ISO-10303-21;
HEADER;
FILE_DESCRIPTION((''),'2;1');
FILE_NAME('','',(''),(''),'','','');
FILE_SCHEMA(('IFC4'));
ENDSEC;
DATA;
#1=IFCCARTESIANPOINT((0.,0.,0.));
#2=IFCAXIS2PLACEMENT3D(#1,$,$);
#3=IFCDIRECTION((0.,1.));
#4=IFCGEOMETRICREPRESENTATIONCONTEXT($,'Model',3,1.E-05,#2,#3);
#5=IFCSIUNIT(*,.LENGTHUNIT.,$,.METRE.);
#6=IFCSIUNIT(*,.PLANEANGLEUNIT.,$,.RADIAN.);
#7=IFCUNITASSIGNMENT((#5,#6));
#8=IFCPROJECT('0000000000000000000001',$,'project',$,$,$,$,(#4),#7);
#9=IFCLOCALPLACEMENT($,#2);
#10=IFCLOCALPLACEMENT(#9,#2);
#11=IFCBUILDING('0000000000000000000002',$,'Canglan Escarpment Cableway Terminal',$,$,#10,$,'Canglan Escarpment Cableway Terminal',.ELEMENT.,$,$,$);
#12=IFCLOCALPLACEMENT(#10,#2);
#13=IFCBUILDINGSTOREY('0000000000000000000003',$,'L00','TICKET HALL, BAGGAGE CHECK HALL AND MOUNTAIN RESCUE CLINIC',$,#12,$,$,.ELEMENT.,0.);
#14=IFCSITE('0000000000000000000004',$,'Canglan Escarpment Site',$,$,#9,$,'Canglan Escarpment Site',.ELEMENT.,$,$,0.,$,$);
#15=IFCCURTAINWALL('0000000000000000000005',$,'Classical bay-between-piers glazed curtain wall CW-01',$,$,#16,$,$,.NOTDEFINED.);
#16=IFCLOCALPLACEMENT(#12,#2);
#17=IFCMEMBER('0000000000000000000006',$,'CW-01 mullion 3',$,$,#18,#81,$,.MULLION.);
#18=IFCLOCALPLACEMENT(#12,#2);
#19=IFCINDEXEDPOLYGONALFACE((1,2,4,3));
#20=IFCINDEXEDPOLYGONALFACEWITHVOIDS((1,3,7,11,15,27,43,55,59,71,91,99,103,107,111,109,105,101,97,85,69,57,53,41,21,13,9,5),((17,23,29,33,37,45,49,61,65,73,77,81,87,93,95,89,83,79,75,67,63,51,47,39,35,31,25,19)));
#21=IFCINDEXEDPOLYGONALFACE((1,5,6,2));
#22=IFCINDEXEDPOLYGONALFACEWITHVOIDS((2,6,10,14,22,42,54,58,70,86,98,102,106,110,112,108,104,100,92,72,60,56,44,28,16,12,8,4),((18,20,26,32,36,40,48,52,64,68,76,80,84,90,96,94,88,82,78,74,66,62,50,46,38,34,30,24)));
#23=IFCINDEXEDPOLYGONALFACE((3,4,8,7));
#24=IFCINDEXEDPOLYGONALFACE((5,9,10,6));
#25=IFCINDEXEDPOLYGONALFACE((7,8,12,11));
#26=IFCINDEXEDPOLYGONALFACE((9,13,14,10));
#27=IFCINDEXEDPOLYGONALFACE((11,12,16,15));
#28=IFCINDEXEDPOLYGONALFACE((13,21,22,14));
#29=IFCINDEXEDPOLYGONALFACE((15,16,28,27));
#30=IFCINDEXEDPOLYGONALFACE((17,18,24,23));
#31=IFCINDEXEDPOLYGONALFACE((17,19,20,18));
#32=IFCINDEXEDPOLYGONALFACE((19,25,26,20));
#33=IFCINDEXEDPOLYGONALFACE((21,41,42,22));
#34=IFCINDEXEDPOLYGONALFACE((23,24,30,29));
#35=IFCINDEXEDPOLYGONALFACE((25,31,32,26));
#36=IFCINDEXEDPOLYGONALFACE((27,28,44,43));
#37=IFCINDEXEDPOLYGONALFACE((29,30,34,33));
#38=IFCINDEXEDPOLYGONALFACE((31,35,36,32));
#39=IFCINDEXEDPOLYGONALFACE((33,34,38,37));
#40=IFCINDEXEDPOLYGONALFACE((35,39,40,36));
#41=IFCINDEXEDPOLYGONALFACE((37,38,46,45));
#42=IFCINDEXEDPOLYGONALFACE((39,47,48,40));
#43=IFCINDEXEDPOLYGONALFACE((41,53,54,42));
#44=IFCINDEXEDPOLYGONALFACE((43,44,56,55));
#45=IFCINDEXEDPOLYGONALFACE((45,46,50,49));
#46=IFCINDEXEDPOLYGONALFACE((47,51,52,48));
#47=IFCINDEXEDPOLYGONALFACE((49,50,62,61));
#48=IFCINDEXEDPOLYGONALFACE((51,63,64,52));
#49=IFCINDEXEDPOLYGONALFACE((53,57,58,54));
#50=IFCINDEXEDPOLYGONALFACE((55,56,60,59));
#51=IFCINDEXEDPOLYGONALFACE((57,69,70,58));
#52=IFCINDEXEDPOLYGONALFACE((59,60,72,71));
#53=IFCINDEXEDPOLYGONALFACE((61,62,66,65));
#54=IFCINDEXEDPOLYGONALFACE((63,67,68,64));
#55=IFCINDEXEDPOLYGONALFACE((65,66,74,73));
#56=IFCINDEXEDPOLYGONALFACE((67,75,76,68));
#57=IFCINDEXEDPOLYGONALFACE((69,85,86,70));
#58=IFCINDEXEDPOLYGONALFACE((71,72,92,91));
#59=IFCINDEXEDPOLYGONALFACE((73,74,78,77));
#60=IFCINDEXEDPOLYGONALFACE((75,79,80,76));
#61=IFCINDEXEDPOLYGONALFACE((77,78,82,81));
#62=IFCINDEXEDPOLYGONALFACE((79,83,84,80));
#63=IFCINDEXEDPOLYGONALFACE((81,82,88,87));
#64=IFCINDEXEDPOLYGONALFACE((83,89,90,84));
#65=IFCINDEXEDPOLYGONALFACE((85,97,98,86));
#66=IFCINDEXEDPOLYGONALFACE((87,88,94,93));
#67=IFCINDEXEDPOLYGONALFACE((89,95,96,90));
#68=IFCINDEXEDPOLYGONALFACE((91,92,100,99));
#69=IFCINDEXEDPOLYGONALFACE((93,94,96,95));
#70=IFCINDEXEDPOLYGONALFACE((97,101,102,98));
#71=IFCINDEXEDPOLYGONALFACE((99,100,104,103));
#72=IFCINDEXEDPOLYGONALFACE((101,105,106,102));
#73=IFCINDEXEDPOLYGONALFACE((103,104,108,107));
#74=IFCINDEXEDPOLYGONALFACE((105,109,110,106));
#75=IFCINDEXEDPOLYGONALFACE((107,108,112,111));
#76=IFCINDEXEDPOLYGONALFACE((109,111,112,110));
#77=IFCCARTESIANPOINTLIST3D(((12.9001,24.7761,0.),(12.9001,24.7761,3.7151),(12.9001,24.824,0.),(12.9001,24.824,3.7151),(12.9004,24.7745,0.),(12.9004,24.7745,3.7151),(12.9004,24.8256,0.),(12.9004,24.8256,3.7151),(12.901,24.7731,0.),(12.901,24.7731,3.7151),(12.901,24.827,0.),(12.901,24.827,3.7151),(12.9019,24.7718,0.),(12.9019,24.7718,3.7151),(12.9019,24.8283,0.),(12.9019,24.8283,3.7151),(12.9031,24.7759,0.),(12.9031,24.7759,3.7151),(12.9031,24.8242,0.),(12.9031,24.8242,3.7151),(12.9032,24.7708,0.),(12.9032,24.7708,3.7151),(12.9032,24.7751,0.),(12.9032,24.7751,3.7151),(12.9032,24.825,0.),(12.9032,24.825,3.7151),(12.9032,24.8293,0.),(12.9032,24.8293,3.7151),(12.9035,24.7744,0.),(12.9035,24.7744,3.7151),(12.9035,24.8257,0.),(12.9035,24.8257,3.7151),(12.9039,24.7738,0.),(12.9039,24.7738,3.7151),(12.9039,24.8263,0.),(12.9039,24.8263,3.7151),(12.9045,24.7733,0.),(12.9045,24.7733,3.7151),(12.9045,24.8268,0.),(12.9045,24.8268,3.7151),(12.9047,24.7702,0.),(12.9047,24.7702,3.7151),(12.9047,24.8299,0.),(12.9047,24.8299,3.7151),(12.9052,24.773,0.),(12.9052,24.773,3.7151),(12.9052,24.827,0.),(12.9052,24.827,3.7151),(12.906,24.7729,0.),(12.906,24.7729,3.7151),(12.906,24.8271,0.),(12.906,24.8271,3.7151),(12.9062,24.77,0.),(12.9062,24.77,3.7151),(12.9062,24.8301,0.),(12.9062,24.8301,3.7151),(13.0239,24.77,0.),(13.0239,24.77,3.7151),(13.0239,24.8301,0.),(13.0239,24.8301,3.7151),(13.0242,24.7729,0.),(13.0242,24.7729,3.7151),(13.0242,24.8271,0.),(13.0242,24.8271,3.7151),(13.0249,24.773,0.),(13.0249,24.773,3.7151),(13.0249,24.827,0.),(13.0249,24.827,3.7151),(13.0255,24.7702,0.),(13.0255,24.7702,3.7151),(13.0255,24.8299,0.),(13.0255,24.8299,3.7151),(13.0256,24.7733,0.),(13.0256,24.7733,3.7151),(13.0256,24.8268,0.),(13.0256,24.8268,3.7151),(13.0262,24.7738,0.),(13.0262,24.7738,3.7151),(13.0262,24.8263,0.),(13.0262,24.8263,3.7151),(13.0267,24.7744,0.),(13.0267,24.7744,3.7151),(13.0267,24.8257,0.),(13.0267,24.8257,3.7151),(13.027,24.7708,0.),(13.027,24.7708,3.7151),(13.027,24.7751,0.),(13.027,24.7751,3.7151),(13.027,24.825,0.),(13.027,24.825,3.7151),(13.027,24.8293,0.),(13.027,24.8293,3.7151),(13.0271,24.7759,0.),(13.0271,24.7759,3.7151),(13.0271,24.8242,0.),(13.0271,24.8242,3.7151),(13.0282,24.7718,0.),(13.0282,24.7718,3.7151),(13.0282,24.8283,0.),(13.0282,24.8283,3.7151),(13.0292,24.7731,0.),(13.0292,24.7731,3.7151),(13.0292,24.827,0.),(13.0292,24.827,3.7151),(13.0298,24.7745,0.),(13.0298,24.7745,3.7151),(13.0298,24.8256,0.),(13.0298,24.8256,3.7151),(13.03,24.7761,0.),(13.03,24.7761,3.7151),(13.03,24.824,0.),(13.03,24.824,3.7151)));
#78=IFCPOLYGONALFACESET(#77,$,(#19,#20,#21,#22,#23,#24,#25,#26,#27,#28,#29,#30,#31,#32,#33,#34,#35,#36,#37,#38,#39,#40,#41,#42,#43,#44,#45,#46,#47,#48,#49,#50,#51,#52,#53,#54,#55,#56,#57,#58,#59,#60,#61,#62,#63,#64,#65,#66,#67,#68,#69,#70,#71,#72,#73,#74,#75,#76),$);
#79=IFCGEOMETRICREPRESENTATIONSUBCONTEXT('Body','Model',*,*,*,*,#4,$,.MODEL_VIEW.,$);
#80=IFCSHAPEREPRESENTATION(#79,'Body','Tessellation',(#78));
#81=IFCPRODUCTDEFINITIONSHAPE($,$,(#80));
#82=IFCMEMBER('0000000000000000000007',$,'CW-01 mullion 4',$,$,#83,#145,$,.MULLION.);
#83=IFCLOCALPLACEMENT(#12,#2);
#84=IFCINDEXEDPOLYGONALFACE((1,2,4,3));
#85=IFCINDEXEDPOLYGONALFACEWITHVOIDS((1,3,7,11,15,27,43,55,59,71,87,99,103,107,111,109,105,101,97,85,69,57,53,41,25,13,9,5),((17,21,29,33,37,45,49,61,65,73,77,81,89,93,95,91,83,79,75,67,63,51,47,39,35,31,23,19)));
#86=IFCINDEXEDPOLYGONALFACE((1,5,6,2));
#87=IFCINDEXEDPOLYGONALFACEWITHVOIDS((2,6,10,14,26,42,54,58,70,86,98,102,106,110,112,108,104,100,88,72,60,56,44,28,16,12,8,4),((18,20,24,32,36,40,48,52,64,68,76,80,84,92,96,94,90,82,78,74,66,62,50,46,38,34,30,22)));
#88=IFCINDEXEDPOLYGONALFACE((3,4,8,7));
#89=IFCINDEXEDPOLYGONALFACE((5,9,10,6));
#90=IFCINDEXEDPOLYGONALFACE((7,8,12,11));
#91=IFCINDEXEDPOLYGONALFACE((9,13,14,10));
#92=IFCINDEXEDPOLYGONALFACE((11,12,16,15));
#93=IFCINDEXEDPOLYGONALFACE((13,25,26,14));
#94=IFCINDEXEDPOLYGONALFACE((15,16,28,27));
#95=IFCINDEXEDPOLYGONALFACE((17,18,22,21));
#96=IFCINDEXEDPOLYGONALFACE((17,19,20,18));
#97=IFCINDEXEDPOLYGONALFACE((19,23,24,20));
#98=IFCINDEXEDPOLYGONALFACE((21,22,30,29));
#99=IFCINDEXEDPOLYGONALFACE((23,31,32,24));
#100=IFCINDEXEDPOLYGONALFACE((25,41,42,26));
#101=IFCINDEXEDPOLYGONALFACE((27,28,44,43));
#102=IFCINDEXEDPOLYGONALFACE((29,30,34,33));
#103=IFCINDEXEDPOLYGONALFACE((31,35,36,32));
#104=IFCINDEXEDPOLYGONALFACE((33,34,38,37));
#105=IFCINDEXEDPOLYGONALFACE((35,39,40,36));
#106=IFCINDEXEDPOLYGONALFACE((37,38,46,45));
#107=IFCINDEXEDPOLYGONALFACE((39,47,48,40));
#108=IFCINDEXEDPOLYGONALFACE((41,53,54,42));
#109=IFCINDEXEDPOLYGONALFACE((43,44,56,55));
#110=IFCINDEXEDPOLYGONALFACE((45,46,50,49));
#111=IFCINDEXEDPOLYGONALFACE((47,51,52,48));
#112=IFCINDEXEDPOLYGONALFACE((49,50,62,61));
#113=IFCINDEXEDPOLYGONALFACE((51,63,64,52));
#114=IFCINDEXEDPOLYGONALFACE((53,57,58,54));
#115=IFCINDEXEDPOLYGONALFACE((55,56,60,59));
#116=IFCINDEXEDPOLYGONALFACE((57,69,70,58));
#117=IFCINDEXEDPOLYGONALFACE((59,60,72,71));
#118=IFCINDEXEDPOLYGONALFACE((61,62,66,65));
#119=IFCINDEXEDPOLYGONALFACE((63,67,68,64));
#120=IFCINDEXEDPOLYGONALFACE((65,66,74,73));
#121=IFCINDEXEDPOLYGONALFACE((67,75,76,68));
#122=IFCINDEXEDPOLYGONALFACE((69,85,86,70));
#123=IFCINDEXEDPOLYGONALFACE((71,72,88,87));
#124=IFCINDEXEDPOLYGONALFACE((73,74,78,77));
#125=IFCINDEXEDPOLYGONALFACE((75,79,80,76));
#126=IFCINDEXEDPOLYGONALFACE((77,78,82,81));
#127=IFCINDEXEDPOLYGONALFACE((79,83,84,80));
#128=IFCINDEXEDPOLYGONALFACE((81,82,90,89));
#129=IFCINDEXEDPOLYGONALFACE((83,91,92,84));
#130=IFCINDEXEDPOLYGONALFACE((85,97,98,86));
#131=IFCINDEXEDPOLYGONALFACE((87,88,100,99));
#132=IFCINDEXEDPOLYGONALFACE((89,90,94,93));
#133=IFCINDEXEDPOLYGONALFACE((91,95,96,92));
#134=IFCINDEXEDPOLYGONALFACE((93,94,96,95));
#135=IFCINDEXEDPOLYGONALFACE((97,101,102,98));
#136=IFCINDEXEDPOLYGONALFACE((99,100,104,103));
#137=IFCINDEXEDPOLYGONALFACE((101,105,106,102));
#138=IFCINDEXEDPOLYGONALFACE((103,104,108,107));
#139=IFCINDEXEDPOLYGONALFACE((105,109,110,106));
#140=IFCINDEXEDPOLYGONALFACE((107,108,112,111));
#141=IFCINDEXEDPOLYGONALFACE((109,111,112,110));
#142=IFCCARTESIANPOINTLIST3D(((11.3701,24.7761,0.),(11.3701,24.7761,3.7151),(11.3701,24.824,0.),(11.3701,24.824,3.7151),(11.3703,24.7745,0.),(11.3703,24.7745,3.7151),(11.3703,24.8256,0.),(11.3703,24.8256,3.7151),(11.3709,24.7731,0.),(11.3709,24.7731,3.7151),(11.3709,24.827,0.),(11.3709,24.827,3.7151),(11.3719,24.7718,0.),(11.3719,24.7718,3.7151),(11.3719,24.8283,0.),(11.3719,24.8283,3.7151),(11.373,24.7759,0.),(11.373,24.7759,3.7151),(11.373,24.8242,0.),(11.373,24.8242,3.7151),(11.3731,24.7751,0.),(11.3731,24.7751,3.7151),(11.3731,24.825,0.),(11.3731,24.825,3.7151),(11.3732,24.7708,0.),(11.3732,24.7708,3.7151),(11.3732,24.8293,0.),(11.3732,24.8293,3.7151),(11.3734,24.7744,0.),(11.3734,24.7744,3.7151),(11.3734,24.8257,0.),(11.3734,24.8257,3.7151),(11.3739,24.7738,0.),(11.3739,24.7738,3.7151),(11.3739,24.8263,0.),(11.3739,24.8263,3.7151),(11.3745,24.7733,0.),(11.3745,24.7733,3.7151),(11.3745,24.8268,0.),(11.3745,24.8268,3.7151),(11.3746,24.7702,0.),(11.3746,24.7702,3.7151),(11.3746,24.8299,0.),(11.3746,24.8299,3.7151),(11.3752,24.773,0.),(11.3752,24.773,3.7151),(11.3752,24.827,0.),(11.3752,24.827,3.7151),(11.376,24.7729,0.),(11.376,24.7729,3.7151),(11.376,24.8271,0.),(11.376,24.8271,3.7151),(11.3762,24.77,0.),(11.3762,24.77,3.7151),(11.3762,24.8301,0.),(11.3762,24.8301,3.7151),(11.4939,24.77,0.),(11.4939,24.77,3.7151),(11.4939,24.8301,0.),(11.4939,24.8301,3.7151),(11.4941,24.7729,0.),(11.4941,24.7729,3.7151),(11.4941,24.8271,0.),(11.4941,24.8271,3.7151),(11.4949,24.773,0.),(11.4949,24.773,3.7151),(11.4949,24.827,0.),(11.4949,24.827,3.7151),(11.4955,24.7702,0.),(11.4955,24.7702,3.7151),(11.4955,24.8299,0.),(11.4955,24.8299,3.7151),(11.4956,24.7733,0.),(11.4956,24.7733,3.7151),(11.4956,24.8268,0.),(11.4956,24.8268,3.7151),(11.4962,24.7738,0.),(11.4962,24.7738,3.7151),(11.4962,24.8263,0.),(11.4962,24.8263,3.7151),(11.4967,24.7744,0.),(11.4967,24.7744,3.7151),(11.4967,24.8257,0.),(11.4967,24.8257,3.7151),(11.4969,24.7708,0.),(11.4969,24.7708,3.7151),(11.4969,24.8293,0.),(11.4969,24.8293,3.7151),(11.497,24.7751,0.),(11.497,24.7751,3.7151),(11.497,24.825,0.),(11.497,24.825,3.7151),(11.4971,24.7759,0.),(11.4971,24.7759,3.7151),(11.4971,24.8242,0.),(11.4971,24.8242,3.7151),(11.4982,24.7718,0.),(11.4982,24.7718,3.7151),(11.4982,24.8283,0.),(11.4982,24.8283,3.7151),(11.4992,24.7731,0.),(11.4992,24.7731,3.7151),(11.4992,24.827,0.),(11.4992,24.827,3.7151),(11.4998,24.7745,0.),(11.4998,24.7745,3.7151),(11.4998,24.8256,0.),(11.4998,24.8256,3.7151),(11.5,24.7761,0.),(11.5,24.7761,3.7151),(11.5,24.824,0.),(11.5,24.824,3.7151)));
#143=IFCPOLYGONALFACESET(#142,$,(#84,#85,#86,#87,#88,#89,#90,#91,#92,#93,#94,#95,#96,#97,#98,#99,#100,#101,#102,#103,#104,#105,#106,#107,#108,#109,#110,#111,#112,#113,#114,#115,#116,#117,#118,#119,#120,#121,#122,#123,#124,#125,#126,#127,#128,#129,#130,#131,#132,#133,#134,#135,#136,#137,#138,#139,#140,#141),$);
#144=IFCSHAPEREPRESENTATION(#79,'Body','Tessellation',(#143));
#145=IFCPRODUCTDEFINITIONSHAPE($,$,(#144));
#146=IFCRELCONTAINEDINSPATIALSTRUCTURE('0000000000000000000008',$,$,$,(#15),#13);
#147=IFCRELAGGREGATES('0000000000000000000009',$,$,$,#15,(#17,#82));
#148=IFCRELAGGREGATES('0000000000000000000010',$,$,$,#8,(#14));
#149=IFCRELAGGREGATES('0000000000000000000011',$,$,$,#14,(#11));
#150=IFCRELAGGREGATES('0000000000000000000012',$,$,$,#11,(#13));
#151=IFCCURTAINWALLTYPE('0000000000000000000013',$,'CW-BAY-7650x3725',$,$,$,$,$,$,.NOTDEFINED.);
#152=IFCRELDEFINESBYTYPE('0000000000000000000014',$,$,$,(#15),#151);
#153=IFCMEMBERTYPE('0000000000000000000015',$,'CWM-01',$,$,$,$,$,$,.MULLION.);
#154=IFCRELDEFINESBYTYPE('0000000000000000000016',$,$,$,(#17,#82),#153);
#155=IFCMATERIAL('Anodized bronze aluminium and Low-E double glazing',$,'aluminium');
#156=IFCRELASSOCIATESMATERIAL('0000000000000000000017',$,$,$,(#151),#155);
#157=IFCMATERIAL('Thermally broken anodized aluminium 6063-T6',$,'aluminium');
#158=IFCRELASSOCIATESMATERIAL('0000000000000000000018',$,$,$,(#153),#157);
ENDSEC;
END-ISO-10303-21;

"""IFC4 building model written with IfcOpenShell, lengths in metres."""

from ifc_helpers import new_model, si_unit, direction, frame, origin, origin_2d, place, context, subcontext, project, spatial, hollow_rectangle, extrude, material, material_profile, profile_set, type_object, element, aggregate, save


model = new_model("IFC4")

# Units and contexts
model_context = context("Model", 3, precision=1e-05, world=origin(), true_north=direction((0.0, 1.0)))
body_context = subcontext(model_context, "Body", "Model", "MODEL_VIEW")
ifc_project = project(units=[si_unit("LENGTHUNIT", "METRE"), si_unit("PLANEANGLEUNIT", "RADIAN")], contexts=[model_context])

# Site, building, storey
site_placement = place(None, origin())
site = spatial("IfcSite", under=ifc_project, at=site_placement, Name="Canglan Escarpment Site", LongName="Canglan Escarpment Site", CompositionType="ELEMENT", RefElevation=0.0)
building_placement = place(site_placement, origin())
building = spatial("IfcBuilding", under=site, at=building_placement, Name="Canglan Escarpment Cableway Terminal", LongName="Canglan Escarpment Cableway Terminal", CompositionType="ELEMENT")
storey_placement = place(building_placement, origin())
storey = spatial("IfcBuildingStorey", under=building, at=storey_placement, Name="L00", Description="TICKET HALL, BAGGAGE CHECK HALL AND MOUNTAIN RESCUE CLINIC", CompositionType="ELEMENT", Elevation=0.0)

# Curtain wall, members
ifc_material_1 = material(Name="Anodized bronze aluminium and Low-E double glazing", Category="aluminium")
curtain_wall_type = type_object("IfcCurtainWallType", Name="CW-BAY-7650x3725", PredefinedType="NOTDEFINED", material=ifc_material_1)
curtain_wall_placement = place(storey_placement, origin())
curtain_wall = element("IfcCurtainWall", 1, at=curtain_wall_placement, inside=storey, type_object=curtain_wall_type, Name="Classical bay-between-piers glazed curtain wall CW-01", PredefinedType="NOTDEFINED")
ifc_material_2 = material(Name="Thermally broken anodized aluminium 6063-T6", Category="aluminium")
ifc_material_profile_1 = material_profile(ifc_material_2, hollow_rectangle(XDim=0.0601, YDim=0.1299, WallThickness=0.0029, InnerFilletRadius=0.0029, OuterFilletRadius=0.0061, at=origin_2d()), Name="ALU-MULL 60x130x3")
ifc_profile_set_1 = profile_set([ifc_material_profile_1], Name="Thermally broken anodized aluminium 6063-T6")
member_type_1 = type_object("IfcMemberType", Name="CWM-01", PredefinedType="MULLION", material=ifc_profile_set_1)
member_1_placement = place(storey_placement, frame((12.9651, 24.8, 0.0), z_axis=(0.0, 0.0, 1.0), x_axis=(0.0, -1.0, 0.0)))
member_1 = element("IfcMember", 2, at=member_1_placement, type_object=member_type_1, Name="CW-01 mullion 3", PredefinedType="MULLION", context=body_context, shape_type="SweptSolid", body=[
    extrude(hollow_rectangle(XDim=0.0601, YDim=0.1299, WallThickness=0.0029, InnerFilletRadius=0.0029, OuterFilletRadius=0.0061, at=origin_2d()), origin(), (0.0, 0.0, 1.0), 3.7151),
])
member_2_placement = place(storey_placement, frame((11.4351, 24.8, 0.0), z_axis=(0.0, 0.0, 1.0), x_axis=(0.0, -1.0, 0.0)))
member_2 = element("IfcMember", 3, at=member_2_placement, type_object=member_type_1, Name="CW-01 mullion 4", PredefinedType="MULLION", context=body_context, shape_type="SweptSolid", body=[
    extrude(hollow_rectangle(XDim=0.0601, YDim=0.1299, WallThickness=0.0029, InnerFilletRadius=0.0029, OuterFilletRadius=0.0061, at=origin_2d()), origin(), (0.0, 0.0, 1.0), 3.7151),
])
aggregate(curtain_wall, [member_1, member_2])

save(model, "model.ifc")
